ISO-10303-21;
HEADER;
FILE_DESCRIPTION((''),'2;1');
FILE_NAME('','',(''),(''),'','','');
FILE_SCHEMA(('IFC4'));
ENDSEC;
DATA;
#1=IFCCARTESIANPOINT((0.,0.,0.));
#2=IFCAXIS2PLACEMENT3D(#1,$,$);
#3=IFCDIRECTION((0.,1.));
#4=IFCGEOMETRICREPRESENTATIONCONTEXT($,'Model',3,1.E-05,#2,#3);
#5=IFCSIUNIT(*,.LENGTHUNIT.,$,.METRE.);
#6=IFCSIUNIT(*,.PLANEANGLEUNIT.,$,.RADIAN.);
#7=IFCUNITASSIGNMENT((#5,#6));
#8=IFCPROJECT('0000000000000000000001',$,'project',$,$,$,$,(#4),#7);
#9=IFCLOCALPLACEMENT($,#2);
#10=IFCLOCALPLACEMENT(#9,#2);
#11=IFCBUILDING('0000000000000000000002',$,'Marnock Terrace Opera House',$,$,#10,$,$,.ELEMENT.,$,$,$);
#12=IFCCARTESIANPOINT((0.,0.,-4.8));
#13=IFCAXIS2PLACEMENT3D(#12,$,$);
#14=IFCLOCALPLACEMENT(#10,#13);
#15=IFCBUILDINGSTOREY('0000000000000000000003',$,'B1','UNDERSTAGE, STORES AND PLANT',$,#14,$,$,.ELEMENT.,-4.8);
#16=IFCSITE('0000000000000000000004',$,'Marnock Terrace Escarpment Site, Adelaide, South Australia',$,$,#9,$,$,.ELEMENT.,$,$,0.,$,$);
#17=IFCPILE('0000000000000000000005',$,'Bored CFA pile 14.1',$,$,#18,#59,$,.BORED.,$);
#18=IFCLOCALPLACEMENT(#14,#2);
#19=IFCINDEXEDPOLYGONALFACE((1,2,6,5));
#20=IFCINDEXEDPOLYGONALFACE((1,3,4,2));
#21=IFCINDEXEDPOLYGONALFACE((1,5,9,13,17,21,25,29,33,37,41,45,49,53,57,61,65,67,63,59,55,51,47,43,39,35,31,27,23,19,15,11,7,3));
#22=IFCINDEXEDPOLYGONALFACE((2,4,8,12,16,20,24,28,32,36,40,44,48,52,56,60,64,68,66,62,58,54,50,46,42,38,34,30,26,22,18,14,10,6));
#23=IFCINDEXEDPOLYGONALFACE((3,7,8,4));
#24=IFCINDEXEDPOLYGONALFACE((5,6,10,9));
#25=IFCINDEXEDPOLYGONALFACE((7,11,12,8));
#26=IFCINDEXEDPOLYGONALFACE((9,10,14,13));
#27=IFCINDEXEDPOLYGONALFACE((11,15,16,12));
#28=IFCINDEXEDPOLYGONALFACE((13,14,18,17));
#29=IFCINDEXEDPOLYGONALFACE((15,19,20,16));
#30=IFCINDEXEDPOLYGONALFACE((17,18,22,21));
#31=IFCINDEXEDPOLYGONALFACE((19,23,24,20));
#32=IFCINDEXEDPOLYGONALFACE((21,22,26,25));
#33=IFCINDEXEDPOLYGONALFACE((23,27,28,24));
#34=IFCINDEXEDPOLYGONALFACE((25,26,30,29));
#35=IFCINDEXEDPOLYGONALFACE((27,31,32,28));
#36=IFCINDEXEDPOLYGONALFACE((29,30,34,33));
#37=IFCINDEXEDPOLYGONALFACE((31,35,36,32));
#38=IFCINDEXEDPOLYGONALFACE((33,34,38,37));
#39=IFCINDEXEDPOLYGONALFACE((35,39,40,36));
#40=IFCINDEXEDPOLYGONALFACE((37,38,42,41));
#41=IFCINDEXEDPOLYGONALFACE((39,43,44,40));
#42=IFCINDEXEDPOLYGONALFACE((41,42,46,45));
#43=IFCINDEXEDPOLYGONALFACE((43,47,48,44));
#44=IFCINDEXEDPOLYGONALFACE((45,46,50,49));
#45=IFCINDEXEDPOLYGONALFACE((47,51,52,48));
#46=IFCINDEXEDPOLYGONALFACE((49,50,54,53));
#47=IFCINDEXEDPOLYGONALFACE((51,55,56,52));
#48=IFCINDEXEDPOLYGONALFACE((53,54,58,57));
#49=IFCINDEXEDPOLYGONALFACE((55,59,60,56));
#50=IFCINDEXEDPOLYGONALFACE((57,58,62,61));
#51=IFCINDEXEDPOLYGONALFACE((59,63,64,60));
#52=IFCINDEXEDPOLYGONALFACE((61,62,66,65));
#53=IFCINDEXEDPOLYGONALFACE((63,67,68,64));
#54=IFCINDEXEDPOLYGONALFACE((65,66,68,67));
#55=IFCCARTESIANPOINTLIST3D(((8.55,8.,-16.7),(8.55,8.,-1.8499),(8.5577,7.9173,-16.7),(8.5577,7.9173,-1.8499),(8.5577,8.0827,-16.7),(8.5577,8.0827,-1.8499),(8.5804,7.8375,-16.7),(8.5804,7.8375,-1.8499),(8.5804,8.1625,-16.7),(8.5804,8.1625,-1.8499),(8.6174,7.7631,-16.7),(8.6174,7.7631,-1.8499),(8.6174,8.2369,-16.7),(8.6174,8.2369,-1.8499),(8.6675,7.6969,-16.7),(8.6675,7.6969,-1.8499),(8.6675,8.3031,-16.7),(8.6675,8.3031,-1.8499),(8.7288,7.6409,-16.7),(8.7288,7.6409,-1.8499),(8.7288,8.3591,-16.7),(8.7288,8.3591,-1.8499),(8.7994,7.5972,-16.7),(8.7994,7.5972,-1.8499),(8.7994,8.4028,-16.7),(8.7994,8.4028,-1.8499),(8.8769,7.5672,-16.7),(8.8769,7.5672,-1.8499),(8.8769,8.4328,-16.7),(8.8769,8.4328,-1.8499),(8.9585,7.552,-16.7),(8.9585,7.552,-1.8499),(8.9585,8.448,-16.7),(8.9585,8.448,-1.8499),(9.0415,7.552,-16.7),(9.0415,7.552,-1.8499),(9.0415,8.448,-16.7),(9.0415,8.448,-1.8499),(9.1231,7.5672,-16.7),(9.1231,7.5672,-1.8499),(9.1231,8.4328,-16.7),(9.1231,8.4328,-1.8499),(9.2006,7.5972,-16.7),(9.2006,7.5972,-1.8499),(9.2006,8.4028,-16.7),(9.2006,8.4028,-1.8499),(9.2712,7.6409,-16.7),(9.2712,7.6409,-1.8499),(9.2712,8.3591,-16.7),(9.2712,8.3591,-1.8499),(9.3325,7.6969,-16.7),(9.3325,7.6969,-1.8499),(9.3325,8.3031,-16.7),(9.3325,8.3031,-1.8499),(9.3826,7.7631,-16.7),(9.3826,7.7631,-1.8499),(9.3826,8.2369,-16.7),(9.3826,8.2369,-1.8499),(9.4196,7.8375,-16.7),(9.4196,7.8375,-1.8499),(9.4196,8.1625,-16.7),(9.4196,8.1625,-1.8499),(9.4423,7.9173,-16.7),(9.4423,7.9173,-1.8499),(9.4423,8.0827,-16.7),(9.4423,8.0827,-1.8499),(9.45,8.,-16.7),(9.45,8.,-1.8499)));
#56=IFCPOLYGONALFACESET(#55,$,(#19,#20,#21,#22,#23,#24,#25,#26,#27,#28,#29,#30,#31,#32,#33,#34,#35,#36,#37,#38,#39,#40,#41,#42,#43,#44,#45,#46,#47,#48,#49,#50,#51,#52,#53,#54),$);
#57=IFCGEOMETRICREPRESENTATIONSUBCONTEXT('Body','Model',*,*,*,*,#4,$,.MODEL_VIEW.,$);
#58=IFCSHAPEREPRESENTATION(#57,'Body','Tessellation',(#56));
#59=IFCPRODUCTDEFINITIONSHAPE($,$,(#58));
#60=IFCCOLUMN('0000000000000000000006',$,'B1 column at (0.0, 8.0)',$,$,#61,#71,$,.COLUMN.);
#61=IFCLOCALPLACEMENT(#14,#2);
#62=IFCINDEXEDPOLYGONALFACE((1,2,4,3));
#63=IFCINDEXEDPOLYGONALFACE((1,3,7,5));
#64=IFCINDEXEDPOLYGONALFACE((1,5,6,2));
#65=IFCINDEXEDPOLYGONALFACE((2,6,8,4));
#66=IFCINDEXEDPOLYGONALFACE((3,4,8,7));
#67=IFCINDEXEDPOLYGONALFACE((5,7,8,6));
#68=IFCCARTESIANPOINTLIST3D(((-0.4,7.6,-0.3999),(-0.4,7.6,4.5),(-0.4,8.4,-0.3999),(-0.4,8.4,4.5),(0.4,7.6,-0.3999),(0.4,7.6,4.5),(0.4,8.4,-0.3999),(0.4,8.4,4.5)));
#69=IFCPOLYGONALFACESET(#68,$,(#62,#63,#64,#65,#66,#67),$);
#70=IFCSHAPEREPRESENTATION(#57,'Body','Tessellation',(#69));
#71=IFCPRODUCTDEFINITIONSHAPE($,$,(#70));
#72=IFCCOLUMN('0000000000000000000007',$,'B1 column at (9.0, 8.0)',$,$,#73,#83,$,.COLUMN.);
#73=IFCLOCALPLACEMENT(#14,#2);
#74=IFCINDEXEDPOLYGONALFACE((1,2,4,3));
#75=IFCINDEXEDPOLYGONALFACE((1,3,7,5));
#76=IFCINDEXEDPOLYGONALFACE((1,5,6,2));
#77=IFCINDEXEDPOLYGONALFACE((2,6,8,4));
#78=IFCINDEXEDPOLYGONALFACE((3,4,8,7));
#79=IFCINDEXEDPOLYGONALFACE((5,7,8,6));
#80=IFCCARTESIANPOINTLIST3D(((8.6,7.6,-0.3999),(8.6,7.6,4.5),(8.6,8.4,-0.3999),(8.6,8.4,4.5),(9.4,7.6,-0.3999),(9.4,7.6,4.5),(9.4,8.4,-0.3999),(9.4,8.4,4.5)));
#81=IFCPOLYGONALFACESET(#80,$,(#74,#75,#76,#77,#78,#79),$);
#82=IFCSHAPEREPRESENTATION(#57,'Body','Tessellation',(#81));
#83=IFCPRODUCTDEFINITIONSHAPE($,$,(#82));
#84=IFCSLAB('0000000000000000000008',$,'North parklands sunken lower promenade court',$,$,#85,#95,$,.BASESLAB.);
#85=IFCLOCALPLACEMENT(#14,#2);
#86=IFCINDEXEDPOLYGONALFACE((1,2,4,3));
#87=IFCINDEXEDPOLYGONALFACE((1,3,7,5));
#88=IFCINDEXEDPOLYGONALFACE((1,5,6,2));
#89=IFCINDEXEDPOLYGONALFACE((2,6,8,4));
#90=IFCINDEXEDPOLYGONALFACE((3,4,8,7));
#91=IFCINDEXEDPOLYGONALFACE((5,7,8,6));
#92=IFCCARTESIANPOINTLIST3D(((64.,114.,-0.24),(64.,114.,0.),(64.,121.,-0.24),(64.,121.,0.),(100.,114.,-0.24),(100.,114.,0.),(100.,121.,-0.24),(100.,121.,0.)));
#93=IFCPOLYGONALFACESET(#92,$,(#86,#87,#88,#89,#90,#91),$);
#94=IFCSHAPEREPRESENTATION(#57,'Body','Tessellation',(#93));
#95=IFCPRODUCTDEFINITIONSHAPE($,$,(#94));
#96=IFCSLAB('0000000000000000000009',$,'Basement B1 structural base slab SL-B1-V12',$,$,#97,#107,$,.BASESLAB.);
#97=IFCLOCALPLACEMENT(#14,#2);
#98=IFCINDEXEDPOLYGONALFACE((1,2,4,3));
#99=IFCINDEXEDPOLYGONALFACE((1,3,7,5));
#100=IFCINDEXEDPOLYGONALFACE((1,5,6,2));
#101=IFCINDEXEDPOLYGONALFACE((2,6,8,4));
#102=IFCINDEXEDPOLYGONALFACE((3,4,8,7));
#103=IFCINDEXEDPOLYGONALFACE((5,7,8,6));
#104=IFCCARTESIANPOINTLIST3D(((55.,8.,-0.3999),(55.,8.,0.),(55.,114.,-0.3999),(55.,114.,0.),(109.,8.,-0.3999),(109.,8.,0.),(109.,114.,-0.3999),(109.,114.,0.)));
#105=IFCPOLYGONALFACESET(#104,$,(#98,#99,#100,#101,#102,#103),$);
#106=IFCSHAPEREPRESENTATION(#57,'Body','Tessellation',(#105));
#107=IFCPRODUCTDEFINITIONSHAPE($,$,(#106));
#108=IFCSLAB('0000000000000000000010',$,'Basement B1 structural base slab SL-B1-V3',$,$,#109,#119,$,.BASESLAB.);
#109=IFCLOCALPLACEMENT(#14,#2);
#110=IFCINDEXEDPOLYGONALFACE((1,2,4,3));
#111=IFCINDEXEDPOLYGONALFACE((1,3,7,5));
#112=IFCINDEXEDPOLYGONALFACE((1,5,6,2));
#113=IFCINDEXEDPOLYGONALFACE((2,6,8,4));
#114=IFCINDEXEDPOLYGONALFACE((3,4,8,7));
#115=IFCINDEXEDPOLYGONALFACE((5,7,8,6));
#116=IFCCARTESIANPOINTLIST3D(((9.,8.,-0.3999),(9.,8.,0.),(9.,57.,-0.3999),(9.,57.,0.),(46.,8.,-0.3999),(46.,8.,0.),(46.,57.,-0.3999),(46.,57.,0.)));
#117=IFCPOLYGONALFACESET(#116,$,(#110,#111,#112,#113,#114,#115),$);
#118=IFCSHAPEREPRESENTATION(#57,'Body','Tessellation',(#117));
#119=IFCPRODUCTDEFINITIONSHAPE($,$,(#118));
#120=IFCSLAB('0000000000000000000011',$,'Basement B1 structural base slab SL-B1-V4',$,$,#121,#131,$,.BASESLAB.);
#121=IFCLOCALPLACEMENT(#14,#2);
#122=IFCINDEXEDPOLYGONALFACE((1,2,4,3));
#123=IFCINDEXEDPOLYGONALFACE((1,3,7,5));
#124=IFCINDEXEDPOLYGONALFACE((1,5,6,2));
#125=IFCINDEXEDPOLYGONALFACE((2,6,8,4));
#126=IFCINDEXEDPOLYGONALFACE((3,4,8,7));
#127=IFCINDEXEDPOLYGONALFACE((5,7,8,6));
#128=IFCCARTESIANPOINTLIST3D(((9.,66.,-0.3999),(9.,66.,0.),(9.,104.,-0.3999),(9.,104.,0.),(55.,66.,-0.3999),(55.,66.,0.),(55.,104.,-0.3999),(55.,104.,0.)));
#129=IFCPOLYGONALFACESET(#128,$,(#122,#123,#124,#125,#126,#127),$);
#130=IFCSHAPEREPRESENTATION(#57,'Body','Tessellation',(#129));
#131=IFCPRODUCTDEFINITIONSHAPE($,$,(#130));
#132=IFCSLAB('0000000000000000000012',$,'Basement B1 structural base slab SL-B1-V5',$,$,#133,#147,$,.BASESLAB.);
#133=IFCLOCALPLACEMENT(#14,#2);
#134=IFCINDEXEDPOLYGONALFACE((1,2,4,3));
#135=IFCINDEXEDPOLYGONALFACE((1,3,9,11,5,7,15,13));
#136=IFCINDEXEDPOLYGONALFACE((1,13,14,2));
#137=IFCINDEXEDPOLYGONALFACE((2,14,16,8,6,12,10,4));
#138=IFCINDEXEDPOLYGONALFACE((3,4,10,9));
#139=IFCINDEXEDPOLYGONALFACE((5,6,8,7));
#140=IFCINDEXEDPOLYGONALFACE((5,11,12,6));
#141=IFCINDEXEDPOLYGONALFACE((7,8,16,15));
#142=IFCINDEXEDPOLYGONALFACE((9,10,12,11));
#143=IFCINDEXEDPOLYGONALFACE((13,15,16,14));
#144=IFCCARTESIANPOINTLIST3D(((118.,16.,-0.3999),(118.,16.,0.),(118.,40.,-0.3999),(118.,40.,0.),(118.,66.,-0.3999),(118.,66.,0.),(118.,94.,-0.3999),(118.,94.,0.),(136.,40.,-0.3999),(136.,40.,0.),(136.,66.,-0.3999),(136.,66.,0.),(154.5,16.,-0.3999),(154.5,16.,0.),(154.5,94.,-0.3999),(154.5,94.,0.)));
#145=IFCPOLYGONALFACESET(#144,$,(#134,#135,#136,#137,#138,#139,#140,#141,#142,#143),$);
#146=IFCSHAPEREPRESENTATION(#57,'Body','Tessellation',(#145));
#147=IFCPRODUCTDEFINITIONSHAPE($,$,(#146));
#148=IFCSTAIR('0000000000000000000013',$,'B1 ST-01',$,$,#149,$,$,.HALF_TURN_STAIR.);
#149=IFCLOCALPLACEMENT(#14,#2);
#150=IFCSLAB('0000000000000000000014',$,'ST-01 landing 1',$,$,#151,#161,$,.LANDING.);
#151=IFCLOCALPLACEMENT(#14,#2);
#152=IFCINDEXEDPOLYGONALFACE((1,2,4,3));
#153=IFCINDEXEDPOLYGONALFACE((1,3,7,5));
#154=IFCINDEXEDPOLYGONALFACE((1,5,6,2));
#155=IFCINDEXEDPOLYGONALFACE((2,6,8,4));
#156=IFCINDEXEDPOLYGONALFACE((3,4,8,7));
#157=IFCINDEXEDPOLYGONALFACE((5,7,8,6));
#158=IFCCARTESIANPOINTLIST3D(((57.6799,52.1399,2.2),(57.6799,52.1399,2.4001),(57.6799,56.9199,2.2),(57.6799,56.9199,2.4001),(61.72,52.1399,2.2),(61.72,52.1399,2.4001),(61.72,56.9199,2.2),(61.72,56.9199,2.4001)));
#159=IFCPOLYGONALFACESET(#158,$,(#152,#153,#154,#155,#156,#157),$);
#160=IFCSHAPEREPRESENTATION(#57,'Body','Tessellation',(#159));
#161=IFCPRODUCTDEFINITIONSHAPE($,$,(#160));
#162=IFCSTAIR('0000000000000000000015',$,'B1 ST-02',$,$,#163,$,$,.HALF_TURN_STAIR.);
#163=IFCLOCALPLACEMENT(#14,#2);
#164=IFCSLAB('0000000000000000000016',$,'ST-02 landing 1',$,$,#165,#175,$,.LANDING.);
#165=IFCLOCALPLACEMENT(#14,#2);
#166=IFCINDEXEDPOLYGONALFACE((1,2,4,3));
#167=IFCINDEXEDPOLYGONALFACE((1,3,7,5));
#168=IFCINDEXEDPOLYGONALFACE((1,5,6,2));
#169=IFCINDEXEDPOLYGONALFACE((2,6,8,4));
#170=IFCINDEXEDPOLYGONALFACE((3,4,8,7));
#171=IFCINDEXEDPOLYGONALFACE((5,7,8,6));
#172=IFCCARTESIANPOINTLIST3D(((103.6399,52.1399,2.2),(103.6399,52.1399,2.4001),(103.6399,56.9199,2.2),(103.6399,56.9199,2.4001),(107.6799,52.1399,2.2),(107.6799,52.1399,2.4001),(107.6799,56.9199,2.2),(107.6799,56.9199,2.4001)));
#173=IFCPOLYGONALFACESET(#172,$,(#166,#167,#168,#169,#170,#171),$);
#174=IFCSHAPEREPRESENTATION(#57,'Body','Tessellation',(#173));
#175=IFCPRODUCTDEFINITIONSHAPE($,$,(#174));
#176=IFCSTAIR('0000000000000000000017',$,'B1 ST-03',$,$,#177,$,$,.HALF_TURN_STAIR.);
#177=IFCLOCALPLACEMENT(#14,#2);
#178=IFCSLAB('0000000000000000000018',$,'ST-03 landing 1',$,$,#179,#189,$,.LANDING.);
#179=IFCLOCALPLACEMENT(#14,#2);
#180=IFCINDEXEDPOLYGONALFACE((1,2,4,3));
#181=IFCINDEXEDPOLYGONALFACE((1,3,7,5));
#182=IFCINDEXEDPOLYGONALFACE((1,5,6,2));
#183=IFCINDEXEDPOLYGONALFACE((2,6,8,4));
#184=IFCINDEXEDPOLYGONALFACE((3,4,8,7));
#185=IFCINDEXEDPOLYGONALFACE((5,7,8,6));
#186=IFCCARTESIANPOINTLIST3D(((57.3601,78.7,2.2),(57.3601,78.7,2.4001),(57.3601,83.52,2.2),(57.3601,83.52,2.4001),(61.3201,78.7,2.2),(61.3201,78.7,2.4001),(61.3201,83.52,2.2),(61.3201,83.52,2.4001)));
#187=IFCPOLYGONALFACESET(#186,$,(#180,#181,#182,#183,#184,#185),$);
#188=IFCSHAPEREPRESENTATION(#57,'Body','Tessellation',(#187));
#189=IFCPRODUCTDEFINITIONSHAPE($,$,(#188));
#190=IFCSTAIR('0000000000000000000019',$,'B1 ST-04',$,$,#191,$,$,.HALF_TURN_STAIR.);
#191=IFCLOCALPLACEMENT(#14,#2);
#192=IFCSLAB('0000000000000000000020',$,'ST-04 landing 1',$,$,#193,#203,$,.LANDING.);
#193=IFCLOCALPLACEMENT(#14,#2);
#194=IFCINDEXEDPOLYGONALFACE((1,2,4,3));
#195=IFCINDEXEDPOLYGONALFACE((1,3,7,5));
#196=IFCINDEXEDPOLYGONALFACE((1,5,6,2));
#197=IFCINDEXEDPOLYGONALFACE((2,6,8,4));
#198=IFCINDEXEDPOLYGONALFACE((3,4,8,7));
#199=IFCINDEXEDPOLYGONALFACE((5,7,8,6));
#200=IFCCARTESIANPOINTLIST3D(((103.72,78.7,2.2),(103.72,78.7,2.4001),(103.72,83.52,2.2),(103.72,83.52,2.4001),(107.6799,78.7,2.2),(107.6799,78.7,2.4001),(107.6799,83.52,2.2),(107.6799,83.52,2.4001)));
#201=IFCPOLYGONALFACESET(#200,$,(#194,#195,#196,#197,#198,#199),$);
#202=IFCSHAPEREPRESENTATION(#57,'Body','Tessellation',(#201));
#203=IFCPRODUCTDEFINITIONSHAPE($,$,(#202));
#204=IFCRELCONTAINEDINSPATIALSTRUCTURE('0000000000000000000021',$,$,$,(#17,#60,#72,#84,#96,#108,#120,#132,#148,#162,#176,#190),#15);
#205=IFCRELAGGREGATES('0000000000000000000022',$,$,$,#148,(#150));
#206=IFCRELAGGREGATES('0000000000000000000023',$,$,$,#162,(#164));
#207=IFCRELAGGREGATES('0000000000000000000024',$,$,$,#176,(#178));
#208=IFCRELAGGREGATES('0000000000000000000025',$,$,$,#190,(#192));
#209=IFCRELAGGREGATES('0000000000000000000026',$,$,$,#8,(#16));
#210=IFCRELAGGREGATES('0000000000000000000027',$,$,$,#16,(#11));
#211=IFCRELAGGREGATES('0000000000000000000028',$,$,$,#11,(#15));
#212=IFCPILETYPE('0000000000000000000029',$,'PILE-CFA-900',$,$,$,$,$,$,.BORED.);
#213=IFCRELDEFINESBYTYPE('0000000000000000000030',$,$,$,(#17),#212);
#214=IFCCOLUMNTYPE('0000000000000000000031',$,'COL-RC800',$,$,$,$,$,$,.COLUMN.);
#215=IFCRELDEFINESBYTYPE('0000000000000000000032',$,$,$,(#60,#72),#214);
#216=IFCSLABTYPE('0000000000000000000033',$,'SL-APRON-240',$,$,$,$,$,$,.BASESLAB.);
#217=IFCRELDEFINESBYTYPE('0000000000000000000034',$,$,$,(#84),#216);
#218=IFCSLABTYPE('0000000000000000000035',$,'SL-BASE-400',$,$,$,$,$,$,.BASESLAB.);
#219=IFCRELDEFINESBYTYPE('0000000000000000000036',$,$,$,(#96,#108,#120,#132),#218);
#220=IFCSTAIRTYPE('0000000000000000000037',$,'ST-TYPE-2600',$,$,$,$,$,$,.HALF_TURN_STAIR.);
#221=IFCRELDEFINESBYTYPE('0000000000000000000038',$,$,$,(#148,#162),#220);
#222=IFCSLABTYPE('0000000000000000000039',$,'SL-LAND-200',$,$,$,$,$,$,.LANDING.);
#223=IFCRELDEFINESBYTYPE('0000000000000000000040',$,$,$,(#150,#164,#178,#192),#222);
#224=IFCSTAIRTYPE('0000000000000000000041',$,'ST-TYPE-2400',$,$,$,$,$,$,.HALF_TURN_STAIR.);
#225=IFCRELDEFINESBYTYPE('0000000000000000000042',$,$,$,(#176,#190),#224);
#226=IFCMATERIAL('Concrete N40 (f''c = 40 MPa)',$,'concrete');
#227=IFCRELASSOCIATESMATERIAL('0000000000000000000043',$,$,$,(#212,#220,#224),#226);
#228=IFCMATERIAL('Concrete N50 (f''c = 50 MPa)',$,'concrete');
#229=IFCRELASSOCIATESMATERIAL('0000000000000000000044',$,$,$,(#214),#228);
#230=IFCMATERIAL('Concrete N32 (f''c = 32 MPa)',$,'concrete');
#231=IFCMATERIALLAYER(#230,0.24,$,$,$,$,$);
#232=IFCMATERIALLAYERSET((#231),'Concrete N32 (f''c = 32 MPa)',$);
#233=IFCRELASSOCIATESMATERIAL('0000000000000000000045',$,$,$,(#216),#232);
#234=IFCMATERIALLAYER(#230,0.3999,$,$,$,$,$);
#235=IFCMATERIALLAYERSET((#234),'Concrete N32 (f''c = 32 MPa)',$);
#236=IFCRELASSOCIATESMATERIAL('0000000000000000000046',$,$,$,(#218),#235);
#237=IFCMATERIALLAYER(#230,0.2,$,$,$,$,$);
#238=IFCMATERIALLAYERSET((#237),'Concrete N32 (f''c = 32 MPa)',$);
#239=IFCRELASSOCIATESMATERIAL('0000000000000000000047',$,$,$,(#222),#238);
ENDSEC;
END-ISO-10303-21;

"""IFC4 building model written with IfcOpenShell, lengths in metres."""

from ifc_helpers import new_model, si_unit, direction, frame, origin, origin_2d, place, context, subcontext, project, spatial, polyline, rectangle, circle, outline, extrude, material, layer, layer_set, material_profile, profile_set, type_object, element, aggregate, save


model = new_model("IFC4")

# Units and contexts
model_context = context("Model", 3, precision=1e-05, world=origin(), true_north=direction((0.0, 1.0)))
body_context = subcontext(model_context, "Body", "Model", "MODEL_VIEW")
ifc_project = project(units=[si_unit("LENGTHUNIT", "METRE"), si_unit("PLANEANGLEUNIT", "RADIAN")], contexts=[model_context])

# Site, building, storey
site_placement = place(None, origin())
site = spatial("IfcSite", under=ifc_project, at=site_placement, Name="Marnock Terrace Escarpment Site, Adelaide, South Australia", CompositionType="ELEMENT", RefElevation=0.0)
building_placement = place(site_placement, origin())
building = spatial("IfcBuilding", under=site, at=building_placement, Name="Marnock Terrace Opera House", CompositionType="ELEMENT")
storey_placement = place(building_placement, frame((0.0, 0.0, -4.8)))
storey = spatial("IfcBuildingStorey", under=building, at=storey_placement, Name="B1", Description="UNDERSTAGE, STORES AND PLANT", CompositionType="ELEMENT", Elevation=-4.8)

# Shared definitions
ifc_material_1 = material(Name="Concrete N40 (f'c = 40 MPa)", Category="concrete")

# Pile
ifc_material_profile_1 = material_profile(ifc_material_1, circle(Radius=0.45, at=origin_2d()))
ifc_profile_set_1 = profile_set([ifc_material_profile_1], Name="Concrete N40 (f'c = 40 MPa)")
pile_type = type_object("IfcPileType", Name="PILE-CFA-900", PredefinedType="BORED", material=ifc_profile_set_1)
pile_placement = place(storey_placement, frame((9.0, 8.0, -1.8499), z_axis=(0.0, 0.0, -1.0), x_axis=(1.0, 0.0, 0.0)))
element("IfcPile", 1, at=pile_placement, inside=storey, type_object=pile_type, Name="Bored CFA pile 14.1", PredefinedType="BORED", context=body_context, shape_type="SweptSolid", body=[
    extrude(circle(Radius=0.45, at=origin_2d()), origin(), (0.0, 0.0, 1.0), 14.8501),
])

# Columns
ifc_material_2 = material(Name="Concrete N50 (f'c = 50 MPa)", Category="concrete")
ifc_material_profile_2 = material_profile(ifc_material_2, rectangle(XDim=0.8, YDim=0.8, at=origin_2d()))
ifc_profile_set_2 = profile_set([ifc_material_profile_2], Name="Concrete N50 (f'c = 50 MPa)")
column_type = type_object("IfcColumnType", Name="COL-RC800", PredefinedType="COLUMN", material=ifc_profile_set_2)
for number, where, z_axis, x_axis, name in (
    (2, (0.0, 8.0, -0.3999), (0.0, 0.0, 1.0), (1.0, 0.0, 0.0), "B1 column at (0.0, 8.0)"),
    (3, (9.0, 8.0, -0.3999), (0.0, 0.0, 1.0), (1.0, 0.0, 0.0), "B1 column at (9.0, 8.0)"),
):
    element("IfcColumn", number, at=place(storey_placement, frame(where, z_axis=z_axis, x_axis=x_axis)), inside=storey, type_object=column_type, Name=name, PredefinedType="COLUMN", context=body_context, shape_type="SweptSolid", body=[
        extrude(rectangle(XDim=0.8, YDim=0.8, at=origin_2d()), origin(), (0.0, 0.0, 1.0), 4.8999),
    ])

# Slabs
ifc_material_3 = material(Name="Concrete N32 (f'c = 32 MPa)", Category="concrete")
ifc_layer_1 = layer(ifc_material_3, 0.24)
ifc_layer_set_1 = layer_set([ifc_layer_1], Name="Concrete N32 (f'c = 32 MPa)")
slab_type_1 = type_object("IfcSlabType", Name="SL-APRON-240", PredefinedType="BASESLAB", material=ifc_layer_set_1)
slab_1_placement = place(storey_placement, frame((0.0, 0.0, -0.24)))
element("IfcSlab", 4, at=slab_1_placement, inside=storey, type_object=slab_type_1, Name="North parklands sunken lower promenade court", PredefinedType="BASESLAB", context=body_context, shape_type="SweptSolid", body=[
    extrude(outline(polyline([(64.0, 114.0), (100.0, 114.0), (100.0, 121.0), (64.0, 121.0), (64.0, 114.0)])), origin(), (0.0, 0.0, 1.0), 0.24),
])
ifc_layer_2 = layer(ifc_material_3, 0.3999)
ifc_layer_set_2 = layer_set([ifc_layer_2], Name="Concrete N32 (f'c = 32 MPa)")
slab_type_2 = type_object("IfcSlabType", Name="SL-BASE-400", PredefinedType="BASESLAB", material=ifc_layer_set_2)
slab_2_placement = place(storey_placement, frame((0.0, 0.0, -0.3999)))
element("IfcSlab", 5, at=slab_2_placement, inside=storey, type_object=slab_type_2, Name="Basement B1 structural base slab SL-B1-V12", PredefinedType="BASESLAB", context=body_context, shape_type="SweptSolid", body=[
    extrude(outline(polyline([(55.0, 8.0), (109.0, 8.0), (109.0, 114.0), (55.0, 114.0), (55.0, 8.0)])), origin(), (0.0, 0.0, 1.0), 0.3999),
])
slab_3_placement = place(storey_placement, frame((0.0, 0.0, -0.3999)))
element("IfcSlab", 6, at=slab_3_placement, inside=storey, type_object=slab_type_2, Name="Basement B1 structural base slab SL-B1-V3", PredefinedType="BASESLAB", context=body_context, shape_type="SweptSolid", body=[
    extrude(outline(polyline([(9.0, 8.0), (46.0, 8.0), (46.0, 57.0), (9.0, 57.0), (9.0, 8.0)])), origin(), (0.0, 0.0, 1.0), 0.3999),
])
slab_4_placement = place(storey_placement, frame((0.0, 0.0, -0.3999)))
element("IfcSlab", 7, at=slab_4_placement, inside=storey, type_object=slab_type_2, Name="Basement B1 structural base slab SL-B1-V4", PredefinedType="BASESLAB", context=body_context, shape_type="SweptSolid", body=[
    extrude(outline(polyline([(9.0, 66.0), (55.0, 66.0), (55.0, 104.0), (9.0, 104.0), (9.0, 66.0)])), origin(), (0.0, 0.0, 1.0), 0.3999),
])
slab_5_placement = place(storey_placement, frame((0.0, 0.0, -0.3999)))
element("IfcSlab", 8, at=slab_5_placement, inside=storey, type_object=slab_type_2, Name="Basement B1 structural base slab SL-B1-V5", PredefinedType="BASESLAB", context=body_context, shape_type="SweptSolid", body=[
    extrude(outline(polyline([(118.0, 16.0), (154.5, 16.0), (154.5, 94.0), (118.0, 94.0), (118.0, 66.0), (136.0, 66.0), (136.0, 40.0), (118.0, 40.0), (118.0, 16.0)])), origin(), (0.0, 0.0, 1.0), 0.3999),
])

# Stairs, slabs
stair_type_1 = type_object("IfcStairType", Name="ST-TYPE-2600", PredefinedType="HALF_TURN_STAIR", material=ifc_material_1)
stair_1_placement = place(storey_placement, origin())
stair_1 = element("IfcStair", 9, at=stair_1_placement, inside=storey, type_object=stair_type_1, Name="B1 ST-01", PredefinedType="HALF_TURN_STAIR")
ifc_layer_3 = layer(ifc_material_3, 0.2)
ifc_layer_set_3 = layer_set([ifc_layer_3], Name="Concrete N32 (f'c = 32 MPa)")
slab_type_3 = type_object("IfcSlabType", Name="SL-LAND-200", PredefinedType="LANDING", material=ifc_layer_set_3)
slab_6_placement = place(storey_placement, frame((0.0, 0.0, 2.2)))
slab_6 = element("IfcSlab", 10, at=slab_6_placement, type_object=slab_type_3, Name="ST-01 landing 1", PredefinedType="LANDING", context=body_context, shape_type="SweptSolid", body=[
    extrude(outline(polyline([(61.72, 52.1399), (61.72, 56.9199), (57.6799, 56.9199), (57.6799, 52.1399), (61.72, 52.1399)])), origin(), (0.0, 0.0, 1.0), 0.2002),
])
aggregate(stair_1, [slab_6])
stair_2_placement = place(storey_placement, origin())
stair_2 = element("IfcStair", 11, at=stair_2_placement, inside=storey, type_object=stair_type_1, Name="B1 ST-02", PredefinedType="HALF_TURN_STAIR")
slab_7_placement = place(storey_placement, frame((0.0, 0.0, 2.2)))
slab_7 = element("IfcSlab", 12, at=slab_7_placement, type_object=slab_type_3, Name="ST-02 landing 1", PredefinedType="LANDING", context=body_context, shape_type="SweptSolid", body=[
    extrude(outline(polyline([(107.6799, 52.1399), (107.6799, 56.9199), (103.6399, 56.9199), (103.6399, 52.1399), (107.6799, 52.1399)])), origin(), (0.0, 0.0, 1.0), 0.2002),
])
aggregate(stair_2, [slab_7])
stair_type_2 = type_object("IfcStairType", Name="ST-TYPE-2400", PredefinedType="HALF_TURN_STAIR", material=ifc_material_1)
stair_3_placement = place(storey_placement, origin())
stair_3 = element("IfcStair", 13, at=stair_3_placement, inside=storey, type_object=stair_type_2, Name="B1 ST-03", PredefinedType="HALF_TURN_STAIR")
slab_8_placement = place(storey_placement, frame((0.0, 0.0, 2.2)))
slab_8 = element("IfcSlab", 14, at=slab_8_placement, type_object=slab_type_3, Name="ST-03 landing 1", PredefinedType="LANDING", context=body_context, shape_type="SweptSolid", body=[
    extrude(outline(polyline([(61.3201, 78.7), (61.3201, 83.52), (57.3601, 83.52), (57.3601, 78.7), (61.3201, 78.7)])), origin(), (0.0, 0.0, 1.0), 0.2002),
])
aggregate(stair_3, [slab_8])
stair_4_placement = place(storey_placement, origin())
stair_4 = element("IfcStair", 15, at=stair_4_placement, inside=storey, type_object=stair_type_2, Name="B1 ST-04", PredefinedType="HALF_TURN_STAIR")
slab_9_placement = place(storey_placement, frame((0.0, 0.0, 2.2)))
slab_9 = element("IfcSlab", 16, at=slab_9_placement, type_object=slab_type_3, Name="ST-04 landing 1", PredefinedType="LANDING", context=body_context, shape_type="SweptSolid", body=[
    extrude(outline(polyline([(107.6799, 78.7), (107.6799, 83.52), (103.72, 83.52), (103.72, 78.7), (107.6799, 78.7)])), origin(), (0.0, 0.0, 1.0), 0.2002),
])
aggregate(stair_4, [slab_9])

save(model, "model.ifc")
